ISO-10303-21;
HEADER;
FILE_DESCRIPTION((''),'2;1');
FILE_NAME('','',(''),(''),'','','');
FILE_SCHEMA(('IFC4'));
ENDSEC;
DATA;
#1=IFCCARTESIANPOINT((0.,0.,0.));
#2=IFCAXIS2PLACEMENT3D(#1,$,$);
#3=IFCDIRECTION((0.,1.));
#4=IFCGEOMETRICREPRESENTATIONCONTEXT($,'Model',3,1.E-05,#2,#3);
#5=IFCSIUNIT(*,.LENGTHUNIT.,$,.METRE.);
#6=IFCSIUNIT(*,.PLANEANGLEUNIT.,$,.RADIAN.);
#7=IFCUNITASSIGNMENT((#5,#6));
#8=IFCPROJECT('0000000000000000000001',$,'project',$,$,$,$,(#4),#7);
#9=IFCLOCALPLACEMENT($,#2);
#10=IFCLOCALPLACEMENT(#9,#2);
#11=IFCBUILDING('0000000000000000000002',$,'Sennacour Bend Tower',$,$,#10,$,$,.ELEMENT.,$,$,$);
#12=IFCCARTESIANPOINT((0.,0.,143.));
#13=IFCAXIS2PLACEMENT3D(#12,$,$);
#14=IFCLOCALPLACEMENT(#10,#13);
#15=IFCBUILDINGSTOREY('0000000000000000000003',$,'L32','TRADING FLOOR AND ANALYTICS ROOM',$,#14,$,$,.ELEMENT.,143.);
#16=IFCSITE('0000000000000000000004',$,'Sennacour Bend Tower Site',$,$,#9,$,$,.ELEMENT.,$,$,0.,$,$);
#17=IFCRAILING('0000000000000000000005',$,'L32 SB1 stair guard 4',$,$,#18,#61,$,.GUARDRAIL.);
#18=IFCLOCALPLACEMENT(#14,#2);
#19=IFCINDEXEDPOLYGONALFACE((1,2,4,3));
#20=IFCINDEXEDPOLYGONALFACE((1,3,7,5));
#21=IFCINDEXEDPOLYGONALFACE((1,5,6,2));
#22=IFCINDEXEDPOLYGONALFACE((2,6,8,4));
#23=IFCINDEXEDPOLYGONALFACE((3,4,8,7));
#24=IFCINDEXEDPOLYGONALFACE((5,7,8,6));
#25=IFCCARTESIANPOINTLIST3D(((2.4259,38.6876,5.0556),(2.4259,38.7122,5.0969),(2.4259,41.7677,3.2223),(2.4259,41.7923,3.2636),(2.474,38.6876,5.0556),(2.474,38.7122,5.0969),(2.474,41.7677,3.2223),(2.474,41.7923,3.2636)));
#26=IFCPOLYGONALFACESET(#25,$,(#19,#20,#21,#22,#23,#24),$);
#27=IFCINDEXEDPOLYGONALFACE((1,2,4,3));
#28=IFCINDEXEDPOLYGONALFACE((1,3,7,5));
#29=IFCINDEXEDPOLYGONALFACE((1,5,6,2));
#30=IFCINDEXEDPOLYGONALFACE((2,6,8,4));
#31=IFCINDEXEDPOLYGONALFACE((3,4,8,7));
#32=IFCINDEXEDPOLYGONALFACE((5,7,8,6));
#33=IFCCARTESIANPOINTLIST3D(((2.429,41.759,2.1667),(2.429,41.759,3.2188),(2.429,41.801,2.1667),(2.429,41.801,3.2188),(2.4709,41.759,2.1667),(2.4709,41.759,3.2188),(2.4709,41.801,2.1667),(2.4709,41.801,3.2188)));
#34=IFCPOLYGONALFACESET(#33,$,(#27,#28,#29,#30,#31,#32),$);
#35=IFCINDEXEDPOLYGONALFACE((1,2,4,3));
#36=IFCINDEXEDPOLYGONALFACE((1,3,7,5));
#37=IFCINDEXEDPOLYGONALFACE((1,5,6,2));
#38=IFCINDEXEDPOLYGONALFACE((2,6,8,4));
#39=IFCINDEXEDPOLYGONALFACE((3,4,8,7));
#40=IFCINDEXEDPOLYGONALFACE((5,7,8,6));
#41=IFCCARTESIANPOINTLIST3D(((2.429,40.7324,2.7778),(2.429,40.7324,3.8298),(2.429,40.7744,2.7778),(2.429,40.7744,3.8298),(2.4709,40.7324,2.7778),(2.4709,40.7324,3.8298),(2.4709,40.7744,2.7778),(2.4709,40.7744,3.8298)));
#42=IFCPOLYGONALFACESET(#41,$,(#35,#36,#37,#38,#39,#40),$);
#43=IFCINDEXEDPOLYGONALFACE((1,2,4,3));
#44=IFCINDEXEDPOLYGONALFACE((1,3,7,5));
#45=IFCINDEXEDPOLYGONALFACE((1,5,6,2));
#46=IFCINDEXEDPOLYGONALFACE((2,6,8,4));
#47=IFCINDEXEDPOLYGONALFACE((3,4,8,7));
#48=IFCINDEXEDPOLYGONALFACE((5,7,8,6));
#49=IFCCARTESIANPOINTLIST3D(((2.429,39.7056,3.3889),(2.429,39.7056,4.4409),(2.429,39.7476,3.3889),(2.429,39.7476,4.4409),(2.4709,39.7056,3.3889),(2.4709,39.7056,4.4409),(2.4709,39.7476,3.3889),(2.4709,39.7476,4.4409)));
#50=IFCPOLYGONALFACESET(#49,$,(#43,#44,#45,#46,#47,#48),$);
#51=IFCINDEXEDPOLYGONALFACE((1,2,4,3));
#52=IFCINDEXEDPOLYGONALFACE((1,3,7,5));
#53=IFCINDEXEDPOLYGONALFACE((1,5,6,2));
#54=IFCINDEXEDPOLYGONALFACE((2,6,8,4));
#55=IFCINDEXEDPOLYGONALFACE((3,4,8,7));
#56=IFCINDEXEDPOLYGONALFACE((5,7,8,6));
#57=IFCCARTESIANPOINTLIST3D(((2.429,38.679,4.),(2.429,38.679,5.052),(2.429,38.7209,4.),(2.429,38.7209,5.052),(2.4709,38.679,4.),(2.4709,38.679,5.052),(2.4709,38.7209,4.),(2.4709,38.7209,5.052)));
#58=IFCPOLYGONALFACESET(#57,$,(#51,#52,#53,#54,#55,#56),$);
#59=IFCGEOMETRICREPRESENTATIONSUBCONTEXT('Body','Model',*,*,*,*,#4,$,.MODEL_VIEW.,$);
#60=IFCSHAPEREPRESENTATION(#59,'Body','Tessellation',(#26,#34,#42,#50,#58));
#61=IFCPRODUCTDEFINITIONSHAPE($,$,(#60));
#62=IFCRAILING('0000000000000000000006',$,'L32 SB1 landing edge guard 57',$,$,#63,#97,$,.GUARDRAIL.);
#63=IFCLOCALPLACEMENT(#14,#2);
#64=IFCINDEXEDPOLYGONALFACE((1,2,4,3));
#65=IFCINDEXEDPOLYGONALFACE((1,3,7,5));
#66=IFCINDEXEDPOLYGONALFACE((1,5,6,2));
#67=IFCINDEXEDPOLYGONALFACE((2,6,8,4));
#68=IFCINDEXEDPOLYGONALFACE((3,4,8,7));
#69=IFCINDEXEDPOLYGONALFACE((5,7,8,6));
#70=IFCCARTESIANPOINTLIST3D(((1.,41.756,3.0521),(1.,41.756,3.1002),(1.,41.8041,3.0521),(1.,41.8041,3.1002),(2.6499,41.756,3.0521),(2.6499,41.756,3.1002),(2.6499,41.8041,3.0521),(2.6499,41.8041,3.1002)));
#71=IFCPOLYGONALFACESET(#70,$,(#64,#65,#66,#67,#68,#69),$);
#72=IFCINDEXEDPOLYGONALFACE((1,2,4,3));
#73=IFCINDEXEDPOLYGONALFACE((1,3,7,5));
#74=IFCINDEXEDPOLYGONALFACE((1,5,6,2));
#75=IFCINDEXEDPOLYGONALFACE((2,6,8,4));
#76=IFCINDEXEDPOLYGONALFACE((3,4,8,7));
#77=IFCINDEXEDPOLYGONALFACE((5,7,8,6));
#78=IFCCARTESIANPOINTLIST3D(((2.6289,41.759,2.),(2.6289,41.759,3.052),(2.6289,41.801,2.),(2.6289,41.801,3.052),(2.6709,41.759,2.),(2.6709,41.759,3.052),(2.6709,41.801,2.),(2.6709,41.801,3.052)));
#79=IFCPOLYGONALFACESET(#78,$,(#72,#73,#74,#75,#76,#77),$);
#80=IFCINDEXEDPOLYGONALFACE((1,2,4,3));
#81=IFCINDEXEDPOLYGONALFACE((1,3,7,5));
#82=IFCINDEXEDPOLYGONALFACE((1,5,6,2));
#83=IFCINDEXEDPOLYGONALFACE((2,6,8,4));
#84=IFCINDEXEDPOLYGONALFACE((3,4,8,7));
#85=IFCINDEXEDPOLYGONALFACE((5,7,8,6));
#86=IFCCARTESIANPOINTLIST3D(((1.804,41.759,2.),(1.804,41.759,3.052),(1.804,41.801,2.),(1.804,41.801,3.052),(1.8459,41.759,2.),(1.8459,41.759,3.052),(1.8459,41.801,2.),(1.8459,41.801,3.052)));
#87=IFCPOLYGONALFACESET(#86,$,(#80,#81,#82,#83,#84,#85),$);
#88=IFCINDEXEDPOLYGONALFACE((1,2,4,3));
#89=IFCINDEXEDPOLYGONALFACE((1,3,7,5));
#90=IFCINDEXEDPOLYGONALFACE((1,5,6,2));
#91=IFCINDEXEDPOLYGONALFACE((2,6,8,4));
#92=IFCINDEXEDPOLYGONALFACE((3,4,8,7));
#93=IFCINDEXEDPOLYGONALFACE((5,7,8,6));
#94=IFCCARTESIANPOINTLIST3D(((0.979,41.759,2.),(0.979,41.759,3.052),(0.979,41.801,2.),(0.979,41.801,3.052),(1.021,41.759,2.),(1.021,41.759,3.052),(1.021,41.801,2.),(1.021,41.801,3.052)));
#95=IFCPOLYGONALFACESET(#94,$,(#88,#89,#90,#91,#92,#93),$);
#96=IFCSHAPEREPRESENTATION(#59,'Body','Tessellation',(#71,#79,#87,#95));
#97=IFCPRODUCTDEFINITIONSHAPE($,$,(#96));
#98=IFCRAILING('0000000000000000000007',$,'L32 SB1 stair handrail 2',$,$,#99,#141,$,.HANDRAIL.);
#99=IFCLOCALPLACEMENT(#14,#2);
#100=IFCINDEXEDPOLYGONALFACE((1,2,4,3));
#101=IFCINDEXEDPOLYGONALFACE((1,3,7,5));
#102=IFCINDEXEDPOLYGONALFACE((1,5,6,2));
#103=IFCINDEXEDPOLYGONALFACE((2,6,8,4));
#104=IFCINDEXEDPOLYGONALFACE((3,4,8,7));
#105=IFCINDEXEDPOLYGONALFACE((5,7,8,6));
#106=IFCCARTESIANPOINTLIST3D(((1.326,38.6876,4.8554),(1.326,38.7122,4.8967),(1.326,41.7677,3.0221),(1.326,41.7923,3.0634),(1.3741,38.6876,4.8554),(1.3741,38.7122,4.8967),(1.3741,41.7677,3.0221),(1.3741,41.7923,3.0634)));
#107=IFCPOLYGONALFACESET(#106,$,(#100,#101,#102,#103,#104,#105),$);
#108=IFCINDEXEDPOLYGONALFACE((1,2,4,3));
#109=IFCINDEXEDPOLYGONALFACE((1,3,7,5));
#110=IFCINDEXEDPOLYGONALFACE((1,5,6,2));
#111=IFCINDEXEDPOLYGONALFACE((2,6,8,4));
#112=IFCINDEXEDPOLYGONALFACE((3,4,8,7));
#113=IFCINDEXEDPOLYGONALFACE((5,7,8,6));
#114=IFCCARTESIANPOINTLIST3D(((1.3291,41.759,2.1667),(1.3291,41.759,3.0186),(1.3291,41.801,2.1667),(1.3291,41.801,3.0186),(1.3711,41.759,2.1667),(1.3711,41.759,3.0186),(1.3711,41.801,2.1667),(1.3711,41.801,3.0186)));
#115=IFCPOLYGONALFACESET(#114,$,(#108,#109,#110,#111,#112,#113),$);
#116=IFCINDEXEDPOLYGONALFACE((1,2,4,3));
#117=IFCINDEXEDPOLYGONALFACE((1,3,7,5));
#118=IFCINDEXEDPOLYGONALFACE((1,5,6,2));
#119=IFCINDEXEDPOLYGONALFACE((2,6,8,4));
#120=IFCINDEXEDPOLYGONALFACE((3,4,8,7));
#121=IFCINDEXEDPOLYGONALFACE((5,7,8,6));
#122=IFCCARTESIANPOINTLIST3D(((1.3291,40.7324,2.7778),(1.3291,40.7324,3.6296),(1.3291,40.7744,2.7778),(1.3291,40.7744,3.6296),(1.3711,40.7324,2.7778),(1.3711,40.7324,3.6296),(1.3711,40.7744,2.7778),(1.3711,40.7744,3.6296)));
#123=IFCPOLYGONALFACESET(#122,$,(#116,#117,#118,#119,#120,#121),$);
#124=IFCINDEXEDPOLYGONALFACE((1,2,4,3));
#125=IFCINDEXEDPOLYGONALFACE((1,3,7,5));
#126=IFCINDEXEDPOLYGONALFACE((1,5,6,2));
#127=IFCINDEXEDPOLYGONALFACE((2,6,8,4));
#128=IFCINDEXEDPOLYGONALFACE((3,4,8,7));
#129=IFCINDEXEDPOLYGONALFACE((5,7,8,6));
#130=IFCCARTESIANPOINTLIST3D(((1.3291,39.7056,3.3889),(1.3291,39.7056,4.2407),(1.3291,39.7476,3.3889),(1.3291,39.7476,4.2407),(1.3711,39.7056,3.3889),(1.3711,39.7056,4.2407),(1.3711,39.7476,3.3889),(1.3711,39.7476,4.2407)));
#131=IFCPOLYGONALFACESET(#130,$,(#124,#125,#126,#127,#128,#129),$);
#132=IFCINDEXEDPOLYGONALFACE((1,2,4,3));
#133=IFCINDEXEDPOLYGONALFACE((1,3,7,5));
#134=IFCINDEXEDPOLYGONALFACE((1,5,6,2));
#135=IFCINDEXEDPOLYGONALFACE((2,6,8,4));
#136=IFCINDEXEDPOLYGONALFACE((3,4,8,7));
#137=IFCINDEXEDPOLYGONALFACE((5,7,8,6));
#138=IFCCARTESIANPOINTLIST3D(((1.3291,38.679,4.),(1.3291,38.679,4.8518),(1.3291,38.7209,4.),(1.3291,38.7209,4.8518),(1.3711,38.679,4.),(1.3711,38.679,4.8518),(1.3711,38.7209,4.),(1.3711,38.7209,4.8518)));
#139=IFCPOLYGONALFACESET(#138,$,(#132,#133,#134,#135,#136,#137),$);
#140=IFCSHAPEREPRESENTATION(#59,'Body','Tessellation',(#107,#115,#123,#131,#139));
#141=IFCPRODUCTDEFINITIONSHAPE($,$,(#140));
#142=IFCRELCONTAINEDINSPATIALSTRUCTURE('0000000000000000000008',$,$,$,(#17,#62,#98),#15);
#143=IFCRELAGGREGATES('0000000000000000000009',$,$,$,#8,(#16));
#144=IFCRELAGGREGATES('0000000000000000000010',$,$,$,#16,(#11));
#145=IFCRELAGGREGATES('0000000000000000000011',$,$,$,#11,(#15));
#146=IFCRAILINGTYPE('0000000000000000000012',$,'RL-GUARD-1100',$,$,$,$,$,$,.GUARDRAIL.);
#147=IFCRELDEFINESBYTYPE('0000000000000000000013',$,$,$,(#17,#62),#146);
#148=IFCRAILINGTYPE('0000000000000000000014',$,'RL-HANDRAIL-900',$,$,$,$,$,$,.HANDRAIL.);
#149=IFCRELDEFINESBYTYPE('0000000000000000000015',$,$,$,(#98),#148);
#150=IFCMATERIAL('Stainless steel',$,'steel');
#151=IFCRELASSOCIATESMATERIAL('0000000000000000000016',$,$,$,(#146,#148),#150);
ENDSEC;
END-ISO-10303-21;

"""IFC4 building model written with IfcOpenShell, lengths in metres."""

from ifc_helpers import new_model, si_unit, direction, frame, origin, origin_2d, place, context, subcontext, project, spatial, rectangle, extrude, material, type_object, element, save


model = new_model("IFC4")

# Units and contexts
model_context = context("Model", 3, precision=1e-05, world=origin(), true_north=direction((0.0, 1.0)))
body_context = subcontext(model_context, "Body", "Model", "MODEL_VIEW")
ifc_project = project(units=[si_unit("LENGTHUNIT", "METRE"), si_unit("PLANEANGLEUNIT", "RADIAN")], contexts=[model_context])

# Site, building, storey
site_placement = place(None, origin())
site = spatial("IfcSite", under=ifc_project, at=site_placement, Name="Sennacour Bend Tower Site", CompositionType="ELEMENT", RefElevation=0.0)
building_placement = place(site_placement, origin())
building = spatial("IfcBuilding", under=site, at=building_placement, Name="Sennacour Bend Tower", CompositionType="ELEMENT")
storey_placement = place(building_placement, frame((0.0, 0.0, 143.0)))
storey = spatial("IfcBuildingStorey", under=building, at=storey_placement, Name="L32", Description="TRADING FLOOR AND ANALYTICS ROOM", CompositionType="ELEMENT", Elevation=143.0)

# Railings
ifc_material_1 = material(Name="Stainless steel", Category="steel")
railing_type_1 = type_object("IfcRailingType", Name="RL-GUARD-1100", PredefinedType="GUARDRAIL", material=ifc_material_1)
railing_1_placement = place(storey_placement, frame((2.45, 41.78, 2.1667)))
element("IfcRailing", 1, at=railing_1_placement, inside=storey, type_object=railing_type_1, Name="L32 SB1 stair guard 4", PredefinedType="GUARDRAIL", context=body_context, shape_type="SweptSolid", body=[
    extrude(rectangle(XDim=0.0481, YDim=0.0481, at=origin_2d()), frame((0.0, 0.0, 1.0762), z_axis=(0.0, -0.859309, 0.511458), x_axis=(1.0, 0.0, 0.0)), (0.0, 0.0, 1.0), 3.5845),
    extrude(rectangle(XDim=0.042, YDim=0.042, at=origin_2d()), origin(), (0.0, 0.0, 1.0), 1.052),
    extrude(rectangle(XDim=0.042, YDim=0.042, at=origin_2d()), frame((0.0, -1.0266, 0.6111)), (0.0, 0.0, 1.0), 1.052),
    extrude(rectangle(XDim=0.042, YDim=0.042, at=origin_2d()), frame((0.0, -2.0535, 1.2222)), (0.0, 0.0, 1.0), 1.052),
    extrude(rectangle(XDim=0.042, YDim=0.042, at=origin_2d()), frame((0.0, -3.0801, 1.8333)), (0.0, 0.0, 1.0), 1.052),
])
railing_2_placement = place(storey_placement, frame((2.6499, 41.78, 2.0)))
element("IfcRailing", 2, at=railing_2_placement, inside=storey, type_object=railing_type_1, Name="L32 SB1 landing edge guard 57", PredefinedType="GUARDRAIL", context=body_context, shape_type="SweptSolid", body=[
    extrude(rectangle(XDim=0.0481, YDim=0.0481, at=origin_2d()), frame((0.0, 0.0, 1.0762), z_axis=(-1.0, 0.0, 0.0), x_axis=(0.0, -1.0, 0.0)), (0.0, 0.0, 1.0), 1.6499),
    extrude(rectangle(XDim=0.042, YDim=0.042, at=origin_2d()), origin(), (0.0, 0.0, 1.0), 1.052),
    extrude(rectangle(XDim=0.042, YDim=0.042, at=origin_2d()), frame((-0.825, 0.0, 0.0)), (0.0, 0.0, 1.0), 1.052),
    extrude(rectangle(XDim=0.042, YDim=0.042, at=origin_2d()), frame((-1.6499, 0.0, 0.0)), (0.0, 0.0, 1.0), 1.052),
])
railing_type_2 = type_object("IfcRailingType", Name="RL-HANDRAIL-900", PredefinedType="HANDRAIL", material=ifc_material_1)
railing_3_placement = place(storey_placement, frame((1.3501, 41.78, 2.1667)))
element("IfcRailing", 3, at=railing_3_placement, inside=storey, type_object=railing_type_2, Name="L32 SB1 stair handrail 2", PredefinedType="HANDRAIL", context=body_context, shape_type="SweptSolid", body=[
    extrude(rectangle(XDim=0.0481, YDim=0.0481, at=origin_2d()), frame((0.0, 0.0, 0.876), z_axis=(0.0, -0.859309, 0.511458), x_axis=(1.0, 0.0, 0.0)), (0.0, 0.0, 1.0), 3.5845),
    extrude(rectangle(XDim=0.042, YDim=0.042, at=origin_2d()), origin(), (0.0, 0.0, 1.0), 0.8518),
    extrude(rectangle(XDim=0.042, YDim=0.042, at=origin_2d()), frame((0.0, -1.0266, 0.6111)), (0.0, 0.0, 1.0), 0.8518),
    extrude(rectangle(XDim=0.042, YDim=0.042, at=origin_2d()), frame((0.0, -2.0535, 1.2222)), (0.0, 0.0, 1.0), 0.8518),
    extrude(rectangle(XDim=0.042, YDim=0.042, at=origin_2d()), frame((0.0, -3.0801, 1.8333)), (0.0, 0.0, 1.0), 0.8518),
])

save(model, "model.ifc")
